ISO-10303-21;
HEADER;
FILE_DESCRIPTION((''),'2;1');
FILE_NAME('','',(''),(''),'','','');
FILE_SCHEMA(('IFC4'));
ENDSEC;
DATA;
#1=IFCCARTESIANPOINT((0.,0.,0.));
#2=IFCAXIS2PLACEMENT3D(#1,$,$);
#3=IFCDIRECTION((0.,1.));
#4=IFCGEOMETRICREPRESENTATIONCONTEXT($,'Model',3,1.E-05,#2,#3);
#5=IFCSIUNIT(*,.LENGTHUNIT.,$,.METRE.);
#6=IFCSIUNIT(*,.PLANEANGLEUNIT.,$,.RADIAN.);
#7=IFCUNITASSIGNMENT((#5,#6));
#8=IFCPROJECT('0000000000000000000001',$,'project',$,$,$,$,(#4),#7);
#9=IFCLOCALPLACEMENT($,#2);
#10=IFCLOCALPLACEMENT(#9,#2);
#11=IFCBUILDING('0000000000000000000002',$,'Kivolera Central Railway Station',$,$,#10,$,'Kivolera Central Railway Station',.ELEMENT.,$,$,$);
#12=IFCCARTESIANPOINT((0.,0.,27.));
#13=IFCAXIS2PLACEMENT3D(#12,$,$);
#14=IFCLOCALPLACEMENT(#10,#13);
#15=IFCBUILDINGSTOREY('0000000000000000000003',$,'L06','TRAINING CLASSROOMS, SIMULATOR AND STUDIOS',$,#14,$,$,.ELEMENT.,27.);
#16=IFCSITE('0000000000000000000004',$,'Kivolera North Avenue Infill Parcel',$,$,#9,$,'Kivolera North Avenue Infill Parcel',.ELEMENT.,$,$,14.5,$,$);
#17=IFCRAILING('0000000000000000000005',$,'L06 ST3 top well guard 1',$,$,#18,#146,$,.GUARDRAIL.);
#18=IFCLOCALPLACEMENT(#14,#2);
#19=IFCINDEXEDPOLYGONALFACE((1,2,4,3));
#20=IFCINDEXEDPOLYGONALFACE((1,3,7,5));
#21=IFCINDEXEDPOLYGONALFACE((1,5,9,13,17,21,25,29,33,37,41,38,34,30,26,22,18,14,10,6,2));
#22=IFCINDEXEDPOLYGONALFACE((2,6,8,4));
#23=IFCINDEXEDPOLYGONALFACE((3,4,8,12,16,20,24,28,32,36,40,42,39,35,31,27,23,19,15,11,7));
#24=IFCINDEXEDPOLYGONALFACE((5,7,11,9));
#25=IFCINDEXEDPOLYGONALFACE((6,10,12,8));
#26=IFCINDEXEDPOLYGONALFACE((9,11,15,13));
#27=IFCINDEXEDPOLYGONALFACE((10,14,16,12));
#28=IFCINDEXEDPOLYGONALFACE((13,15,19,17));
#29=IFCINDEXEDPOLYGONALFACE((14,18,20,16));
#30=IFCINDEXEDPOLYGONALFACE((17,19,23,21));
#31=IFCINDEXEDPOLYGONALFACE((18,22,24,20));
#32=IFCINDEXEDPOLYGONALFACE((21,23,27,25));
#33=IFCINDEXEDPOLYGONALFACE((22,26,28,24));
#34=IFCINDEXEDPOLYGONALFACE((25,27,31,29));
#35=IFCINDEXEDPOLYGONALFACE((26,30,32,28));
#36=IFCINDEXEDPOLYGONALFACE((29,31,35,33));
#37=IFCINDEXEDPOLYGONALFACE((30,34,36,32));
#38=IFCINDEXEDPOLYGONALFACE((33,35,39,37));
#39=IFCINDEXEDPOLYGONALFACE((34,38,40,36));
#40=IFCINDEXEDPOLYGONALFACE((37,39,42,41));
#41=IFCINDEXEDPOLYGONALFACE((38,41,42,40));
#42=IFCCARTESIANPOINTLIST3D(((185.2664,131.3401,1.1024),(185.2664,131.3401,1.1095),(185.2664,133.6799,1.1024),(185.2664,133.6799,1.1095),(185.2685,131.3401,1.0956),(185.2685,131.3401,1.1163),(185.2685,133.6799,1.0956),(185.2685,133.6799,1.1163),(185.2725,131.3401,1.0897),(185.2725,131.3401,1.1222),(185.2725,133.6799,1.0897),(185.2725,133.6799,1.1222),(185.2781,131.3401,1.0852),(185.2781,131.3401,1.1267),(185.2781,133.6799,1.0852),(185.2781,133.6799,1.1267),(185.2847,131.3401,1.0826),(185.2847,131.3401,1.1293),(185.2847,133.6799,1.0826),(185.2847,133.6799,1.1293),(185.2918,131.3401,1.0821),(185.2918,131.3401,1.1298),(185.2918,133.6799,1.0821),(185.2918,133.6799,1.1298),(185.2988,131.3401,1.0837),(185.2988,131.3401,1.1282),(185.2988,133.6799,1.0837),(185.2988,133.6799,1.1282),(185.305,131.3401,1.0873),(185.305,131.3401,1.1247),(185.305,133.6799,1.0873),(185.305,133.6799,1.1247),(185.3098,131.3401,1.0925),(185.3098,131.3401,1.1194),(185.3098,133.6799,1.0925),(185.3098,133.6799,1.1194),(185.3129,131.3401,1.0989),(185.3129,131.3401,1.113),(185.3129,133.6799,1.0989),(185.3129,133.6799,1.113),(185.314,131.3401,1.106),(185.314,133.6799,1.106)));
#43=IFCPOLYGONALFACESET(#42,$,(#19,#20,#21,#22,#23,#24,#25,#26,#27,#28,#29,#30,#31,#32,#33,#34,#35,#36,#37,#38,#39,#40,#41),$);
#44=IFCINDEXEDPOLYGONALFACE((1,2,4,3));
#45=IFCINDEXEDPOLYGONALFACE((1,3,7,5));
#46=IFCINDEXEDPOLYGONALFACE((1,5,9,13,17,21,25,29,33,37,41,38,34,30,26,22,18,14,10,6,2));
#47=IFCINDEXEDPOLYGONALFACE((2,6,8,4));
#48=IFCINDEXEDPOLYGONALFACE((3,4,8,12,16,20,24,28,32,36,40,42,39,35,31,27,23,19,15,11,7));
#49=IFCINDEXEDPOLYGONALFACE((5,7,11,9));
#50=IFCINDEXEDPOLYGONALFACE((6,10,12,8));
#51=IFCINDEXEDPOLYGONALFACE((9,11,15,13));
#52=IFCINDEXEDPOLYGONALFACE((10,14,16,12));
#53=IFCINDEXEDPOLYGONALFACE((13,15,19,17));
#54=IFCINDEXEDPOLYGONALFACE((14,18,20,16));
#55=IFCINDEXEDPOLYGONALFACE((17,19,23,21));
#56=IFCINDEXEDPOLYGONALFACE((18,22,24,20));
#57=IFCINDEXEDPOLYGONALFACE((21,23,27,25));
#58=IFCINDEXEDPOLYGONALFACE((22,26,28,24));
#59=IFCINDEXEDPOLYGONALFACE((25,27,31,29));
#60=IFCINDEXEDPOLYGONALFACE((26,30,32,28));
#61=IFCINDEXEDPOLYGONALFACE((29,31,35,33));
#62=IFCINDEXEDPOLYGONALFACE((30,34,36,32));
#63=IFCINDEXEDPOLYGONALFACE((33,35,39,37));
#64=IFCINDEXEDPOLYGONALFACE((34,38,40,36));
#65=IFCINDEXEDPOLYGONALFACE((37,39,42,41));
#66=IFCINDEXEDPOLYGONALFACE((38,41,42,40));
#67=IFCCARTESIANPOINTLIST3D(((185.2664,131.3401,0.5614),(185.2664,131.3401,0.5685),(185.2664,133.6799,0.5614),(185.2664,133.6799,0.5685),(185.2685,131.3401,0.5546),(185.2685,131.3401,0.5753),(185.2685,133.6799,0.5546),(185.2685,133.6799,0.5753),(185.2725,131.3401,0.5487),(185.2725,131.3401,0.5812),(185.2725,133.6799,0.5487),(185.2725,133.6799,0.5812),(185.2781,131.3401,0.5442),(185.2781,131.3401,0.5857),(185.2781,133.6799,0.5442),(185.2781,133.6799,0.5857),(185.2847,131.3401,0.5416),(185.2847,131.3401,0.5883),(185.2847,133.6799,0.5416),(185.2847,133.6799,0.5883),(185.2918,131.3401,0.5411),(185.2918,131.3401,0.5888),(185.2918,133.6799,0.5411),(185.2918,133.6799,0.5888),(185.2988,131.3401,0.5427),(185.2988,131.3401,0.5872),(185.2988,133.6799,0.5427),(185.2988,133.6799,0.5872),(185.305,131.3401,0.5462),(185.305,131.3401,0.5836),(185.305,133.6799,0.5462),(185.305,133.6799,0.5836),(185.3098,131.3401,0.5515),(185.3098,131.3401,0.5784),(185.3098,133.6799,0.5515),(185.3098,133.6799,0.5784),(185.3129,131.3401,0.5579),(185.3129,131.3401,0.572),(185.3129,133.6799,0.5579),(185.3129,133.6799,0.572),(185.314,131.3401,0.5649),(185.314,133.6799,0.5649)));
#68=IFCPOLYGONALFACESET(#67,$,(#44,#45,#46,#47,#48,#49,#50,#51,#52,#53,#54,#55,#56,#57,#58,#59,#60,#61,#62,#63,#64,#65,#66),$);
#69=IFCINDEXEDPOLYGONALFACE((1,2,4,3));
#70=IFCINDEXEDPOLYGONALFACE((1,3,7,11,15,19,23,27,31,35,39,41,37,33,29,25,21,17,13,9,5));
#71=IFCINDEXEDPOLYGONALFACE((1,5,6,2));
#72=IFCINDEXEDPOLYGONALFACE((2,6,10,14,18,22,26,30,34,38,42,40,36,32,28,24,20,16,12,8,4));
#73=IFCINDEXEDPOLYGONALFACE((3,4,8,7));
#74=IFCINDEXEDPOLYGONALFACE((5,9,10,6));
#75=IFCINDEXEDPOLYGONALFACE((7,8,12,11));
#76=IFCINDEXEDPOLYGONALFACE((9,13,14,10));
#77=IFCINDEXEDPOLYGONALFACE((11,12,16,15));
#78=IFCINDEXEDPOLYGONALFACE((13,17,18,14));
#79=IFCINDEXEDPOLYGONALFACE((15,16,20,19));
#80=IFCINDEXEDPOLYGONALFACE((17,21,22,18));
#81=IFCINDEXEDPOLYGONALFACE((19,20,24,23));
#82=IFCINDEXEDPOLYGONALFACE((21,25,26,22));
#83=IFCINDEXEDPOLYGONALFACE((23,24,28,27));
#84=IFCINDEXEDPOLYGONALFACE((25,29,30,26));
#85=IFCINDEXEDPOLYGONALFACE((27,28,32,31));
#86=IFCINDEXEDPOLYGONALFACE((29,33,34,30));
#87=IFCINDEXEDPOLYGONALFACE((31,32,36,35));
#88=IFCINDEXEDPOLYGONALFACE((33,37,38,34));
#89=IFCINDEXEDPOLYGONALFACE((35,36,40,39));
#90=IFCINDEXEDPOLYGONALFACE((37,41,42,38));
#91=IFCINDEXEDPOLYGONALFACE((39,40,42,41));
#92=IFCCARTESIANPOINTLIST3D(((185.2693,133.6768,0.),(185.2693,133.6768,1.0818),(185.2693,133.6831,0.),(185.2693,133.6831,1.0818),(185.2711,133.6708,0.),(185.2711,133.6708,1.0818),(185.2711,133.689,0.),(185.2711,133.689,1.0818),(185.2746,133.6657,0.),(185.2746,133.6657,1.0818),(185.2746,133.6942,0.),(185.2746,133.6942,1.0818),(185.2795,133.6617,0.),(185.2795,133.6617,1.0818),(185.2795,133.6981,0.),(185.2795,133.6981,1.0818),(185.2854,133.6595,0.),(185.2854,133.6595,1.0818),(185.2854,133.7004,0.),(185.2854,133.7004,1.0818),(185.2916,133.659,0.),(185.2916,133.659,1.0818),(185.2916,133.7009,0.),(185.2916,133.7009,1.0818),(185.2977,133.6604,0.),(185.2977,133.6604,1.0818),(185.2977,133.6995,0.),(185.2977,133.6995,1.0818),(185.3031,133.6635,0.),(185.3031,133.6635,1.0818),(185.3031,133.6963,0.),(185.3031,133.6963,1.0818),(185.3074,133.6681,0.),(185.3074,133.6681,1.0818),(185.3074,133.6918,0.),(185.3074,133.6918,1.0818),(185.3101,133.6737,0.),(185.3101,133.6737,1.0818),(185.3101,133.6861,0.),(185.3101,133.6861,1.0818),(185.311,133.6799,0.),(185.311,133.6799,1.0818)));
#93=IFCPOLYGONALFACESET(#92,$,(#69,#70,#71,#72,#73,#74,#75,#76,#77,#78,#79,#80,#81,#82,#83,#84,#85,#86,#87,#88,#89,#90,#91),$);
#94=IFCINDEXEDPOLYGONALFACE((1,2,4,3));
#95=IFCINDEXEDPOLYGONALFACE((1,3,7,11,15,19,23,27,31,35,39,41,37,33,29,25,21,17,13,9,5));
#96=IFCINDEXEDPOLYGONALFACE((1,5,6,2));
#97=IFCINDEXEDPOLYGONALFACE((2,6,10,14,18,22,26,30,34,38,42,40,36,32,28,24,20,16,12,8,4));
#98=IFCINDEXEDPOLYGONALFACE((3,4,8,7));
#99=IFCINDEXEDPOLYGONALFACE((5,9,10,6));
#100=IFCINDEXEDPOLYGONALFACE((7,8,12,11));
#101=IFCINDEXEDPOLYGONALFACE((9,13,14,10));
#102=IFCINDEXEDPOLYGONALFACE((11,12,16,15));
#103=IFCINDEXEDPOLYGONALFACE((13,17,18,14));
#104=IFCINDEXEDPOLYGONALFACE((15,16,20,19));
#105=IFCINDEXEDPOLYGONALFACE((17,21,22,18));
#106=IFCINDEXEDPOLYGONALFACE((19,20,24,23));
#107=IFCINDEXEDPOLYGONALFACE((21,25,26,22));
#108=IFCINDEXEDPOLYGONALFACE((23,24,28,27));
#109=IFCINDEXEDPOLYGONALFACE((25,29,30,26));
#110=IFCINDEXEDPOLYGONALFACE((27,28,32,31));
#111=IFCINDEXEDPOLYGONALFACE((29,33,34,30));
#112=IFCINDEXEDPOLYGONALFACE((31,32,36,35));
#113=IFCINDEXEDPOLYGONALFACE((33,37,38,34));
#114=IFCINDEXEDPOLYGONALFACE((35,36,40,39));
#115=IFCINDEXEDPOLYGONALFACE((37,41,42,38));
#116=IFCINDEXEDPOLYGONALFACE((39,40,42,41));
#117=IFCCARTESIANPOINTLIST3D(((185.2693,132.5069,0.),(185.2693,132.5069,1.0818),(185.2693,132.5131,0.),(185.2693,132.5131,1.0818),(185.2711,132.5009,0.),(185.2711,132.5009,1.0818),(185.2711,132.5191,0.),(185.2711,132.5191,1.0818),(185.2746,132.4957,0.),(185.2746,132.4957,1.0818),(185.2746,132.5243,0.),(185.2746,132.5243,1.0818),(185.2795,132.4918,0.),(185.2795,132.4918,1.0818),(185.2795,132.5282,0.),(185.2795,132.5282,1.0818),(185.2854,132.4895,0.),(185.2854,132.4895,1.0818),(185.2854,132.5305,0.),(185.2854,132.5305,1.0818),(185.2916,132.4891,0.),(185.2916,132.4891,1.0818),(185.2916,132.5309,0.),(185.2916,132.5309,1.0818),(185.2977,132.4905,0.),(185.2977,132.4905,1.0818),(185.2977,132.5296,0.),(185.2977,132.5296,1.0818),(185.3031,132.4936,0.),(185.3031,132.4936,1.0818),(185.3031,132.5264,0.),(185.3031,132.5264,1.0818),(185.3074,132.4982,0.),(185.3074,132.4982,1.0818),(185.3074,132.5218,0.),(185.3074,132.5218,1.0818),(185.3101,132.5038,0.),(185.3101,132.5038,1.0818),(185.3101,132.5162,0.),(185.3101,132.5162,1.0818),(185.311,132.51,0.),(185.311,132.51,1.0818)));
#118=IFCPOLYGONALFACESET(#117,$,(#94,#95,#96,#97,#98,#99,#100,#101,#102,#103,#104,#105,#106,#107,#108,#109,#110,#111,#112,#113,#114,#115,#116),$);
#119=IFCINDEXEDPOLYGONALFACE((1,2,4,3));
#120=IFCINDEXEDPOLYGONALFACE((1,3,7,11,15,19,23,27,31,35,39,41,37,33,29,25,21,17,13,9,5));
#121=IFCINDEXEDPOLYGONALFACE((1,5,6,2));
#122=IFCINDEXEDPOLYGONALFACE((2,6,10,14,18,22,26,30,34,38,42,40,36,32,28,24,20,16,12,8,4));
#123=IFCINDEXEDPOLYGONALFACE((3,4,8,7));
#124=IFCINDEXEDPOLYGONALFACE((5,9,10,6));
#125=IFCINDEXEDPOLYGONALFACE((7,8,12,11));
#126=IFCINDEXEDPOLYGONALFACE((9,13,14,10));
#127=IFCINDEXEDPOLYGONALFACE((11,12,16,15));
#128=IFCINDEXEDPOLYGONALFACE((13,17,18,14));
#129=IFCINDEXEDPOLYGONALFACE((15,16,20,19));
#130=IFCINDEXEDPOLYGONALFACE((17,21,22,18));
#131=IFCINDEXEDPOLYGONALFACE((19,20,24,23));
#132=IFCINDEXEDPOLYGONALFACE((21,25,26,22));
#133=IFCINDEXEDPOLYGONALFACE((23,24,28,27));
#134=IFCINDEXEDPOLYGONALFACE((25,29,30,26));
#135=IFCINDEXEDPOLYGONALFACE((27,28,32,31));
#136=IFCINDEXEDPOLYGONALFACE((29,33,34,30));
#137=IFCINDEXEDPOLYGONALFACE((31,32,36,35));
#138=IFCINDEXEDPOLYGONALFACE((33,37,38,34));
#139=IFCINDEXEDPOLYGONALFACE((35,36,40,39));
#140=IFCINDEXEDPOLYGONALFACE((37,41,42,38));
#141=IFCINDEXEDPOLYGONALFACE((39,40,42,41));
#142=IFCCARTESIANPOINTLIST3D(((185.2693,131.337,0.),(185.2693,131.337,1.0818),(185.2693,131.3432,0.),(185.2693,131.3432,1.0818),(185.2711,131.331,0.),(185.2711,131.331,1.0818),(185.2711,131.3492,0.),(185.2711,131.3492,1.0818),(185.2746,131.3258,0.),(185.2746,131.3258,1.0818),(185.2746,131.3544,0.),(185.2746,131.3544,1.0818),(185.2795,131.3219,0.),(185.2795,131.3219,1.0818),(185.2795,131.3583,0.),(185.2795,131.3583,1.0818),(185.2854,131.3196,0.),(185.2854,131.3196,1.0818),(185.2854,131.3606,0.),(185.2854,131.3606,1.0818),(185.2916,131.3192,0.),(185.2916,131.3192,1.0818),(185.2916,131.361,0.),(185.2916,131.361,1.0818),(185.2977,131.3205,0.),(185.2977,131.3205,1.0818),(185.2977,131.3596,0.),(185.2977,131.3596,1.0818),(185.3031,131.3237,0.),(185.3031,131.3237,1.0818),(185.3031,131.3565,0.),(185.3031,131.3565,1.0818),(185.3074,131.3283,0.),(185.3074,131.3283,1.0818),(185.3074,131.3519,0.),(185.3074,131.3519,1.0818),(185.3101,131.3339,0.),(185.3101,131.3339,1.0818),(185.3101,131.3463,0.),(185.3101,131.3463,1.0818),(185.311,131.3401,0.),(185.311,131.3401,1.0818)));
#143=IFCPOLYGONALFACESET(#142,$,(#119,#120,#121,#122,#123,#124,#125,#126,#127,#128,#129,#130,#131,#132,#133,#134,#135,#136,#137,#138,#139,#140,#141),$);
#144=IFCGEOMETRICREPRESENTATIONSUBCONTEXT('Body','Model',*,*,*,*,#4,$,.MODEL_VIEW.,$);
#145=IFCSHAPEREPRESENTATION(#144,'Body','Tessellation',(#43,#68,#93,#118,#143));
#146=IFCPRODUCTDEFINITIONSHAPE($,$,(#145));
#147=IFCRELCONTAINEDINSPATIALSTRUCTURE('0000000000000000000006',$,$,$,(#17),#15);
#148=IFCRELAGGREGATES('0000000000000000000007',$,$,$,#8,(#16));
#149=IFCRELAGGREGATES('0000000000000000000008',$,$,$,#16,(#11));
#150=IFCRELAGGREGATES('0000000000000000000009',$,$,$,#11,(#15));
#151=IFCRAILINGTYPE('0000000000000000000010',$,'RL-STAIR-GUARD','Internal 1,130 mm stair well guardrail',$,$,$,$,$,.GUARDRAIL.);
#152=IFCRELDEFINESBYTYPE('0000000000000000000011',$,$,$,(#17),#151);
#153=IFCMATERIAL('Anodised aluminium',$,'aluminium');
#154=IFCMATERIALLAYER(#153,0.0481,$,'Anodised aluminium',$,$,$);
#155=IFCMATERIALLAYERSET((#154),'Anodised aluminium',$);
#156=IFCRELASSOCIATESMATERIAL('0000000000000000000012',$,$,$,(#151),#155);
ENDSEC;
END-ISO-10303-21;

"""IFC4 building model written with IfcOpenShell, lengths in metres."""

from ifc_helpers import new_model, si_unit, direction, frame, origin, origin_2d, place, context, subcontext, project, spatial, circle, extrude, material, layer, layer_set, type_object, element, save


model = new_model("IFC4")

# Units and contexts
model_context = context("Model", 3, precision=1e-05, world=origin(), true_north=direction((0.0, 1.0)))
body_context = subcontext(model_context, "Body", "Model", "MODEL_VIEW")
ifc_project = project(units=[si_unit("LENGTHUNIT", "METRE"), si_unit("PLANEANGLEUNIT", "RADIAN")], contexts=[model_context])

# Site, building, storey
site_placement = place(None, origin())
site = spatial("IfcSite", under=ifc_project, at=site_placement, Name="Kivolera North Avenue Infill Parcel", LongName="Kivolera North Avenue Infill Parcel", CompositionType="ELEMENT", RefElevation=14.5)
building_placement = place(site_placement, origin())
building = spatial("IfcBuilding", under=site, at=building_placement, Name="Kivolera Central Railway Station", LongName="Kivolera Central Railway Station", CompositionType="ELEMENT")
storey_placement = place(building_placement, frame((0.0, 0.0, 27.0)))
storey = spatial("IfcBuildingStorey", under=building, at=storey_placement, Name="L06", Description="TRAINING CLASSROOMS, SIMULATOR AND STUDIOS", CompositionType="ELEMENT", Elevation=27.0)

# Shared definitions
ifc_material_1 = material(Name="Anodised aluminium", Category="aluminium")

# Railing
ifc_layer_1 = layer(ifc_material_1, 0.0481, Name="Anodised aluminium")
ifc_layer_set_1 = layer_set([ifc_layer_1], Name="Anodised aluminium")
railing_type = type_object("IfcRailingType", Name="RL-STAIR-GUARD", Description="Internal 1,130 mm stair well guardrail", PredefinedType="GUARDRAIL", material=ifc_layer_set_1)
railing_placement = place(storey_placement, frame((185.29, 133.6799, 0.0)))
element("IfcRailing", 1, at=railing_placement, inside=storey, type_object=railing_type, Name="L06 ST3 top well guard 1", PredefinedType="GUARDRAIL", context=body_context, shape_type="SweptSolid", body=[
    extrude(circle(Radius=0.0239, at=origin_2d()), frame((0.0, 0.0, 1.106), z_axis=(0.0, -1.0, 0.0), x_axis=(1.0, 0.0, 0.0)), (0.0, 0.0, 1.0), 2.3398),
    extrude(circle(Radius=0.0239, at=origin_2d()), frame((0.0, 0.0, 0.5649), z_axis=(0.0, -1.0, 0.0), x_axis=(1.0, 0.0, 0.0)), (0.0, 0.0, 1.0), 2.3398),
    extrude(circle(Radius=0.021, at=origin_2d()), origin(), (0.0, 0.0, 1.0), 1.0818),
    extrude(circle(Radius=0.021, at=origin_2d()), frame((0.0, -1.1699, 0.0)), (0.0, 0.0, 1.0), 1.0818),
    extrude(circle(Radius=0.021, at=origin_2d()), frame((0.0, -2.3398, 0.0)), (0.0, 0.0, 1.0), 1.0818),
])

save(model, "model.ifc")
